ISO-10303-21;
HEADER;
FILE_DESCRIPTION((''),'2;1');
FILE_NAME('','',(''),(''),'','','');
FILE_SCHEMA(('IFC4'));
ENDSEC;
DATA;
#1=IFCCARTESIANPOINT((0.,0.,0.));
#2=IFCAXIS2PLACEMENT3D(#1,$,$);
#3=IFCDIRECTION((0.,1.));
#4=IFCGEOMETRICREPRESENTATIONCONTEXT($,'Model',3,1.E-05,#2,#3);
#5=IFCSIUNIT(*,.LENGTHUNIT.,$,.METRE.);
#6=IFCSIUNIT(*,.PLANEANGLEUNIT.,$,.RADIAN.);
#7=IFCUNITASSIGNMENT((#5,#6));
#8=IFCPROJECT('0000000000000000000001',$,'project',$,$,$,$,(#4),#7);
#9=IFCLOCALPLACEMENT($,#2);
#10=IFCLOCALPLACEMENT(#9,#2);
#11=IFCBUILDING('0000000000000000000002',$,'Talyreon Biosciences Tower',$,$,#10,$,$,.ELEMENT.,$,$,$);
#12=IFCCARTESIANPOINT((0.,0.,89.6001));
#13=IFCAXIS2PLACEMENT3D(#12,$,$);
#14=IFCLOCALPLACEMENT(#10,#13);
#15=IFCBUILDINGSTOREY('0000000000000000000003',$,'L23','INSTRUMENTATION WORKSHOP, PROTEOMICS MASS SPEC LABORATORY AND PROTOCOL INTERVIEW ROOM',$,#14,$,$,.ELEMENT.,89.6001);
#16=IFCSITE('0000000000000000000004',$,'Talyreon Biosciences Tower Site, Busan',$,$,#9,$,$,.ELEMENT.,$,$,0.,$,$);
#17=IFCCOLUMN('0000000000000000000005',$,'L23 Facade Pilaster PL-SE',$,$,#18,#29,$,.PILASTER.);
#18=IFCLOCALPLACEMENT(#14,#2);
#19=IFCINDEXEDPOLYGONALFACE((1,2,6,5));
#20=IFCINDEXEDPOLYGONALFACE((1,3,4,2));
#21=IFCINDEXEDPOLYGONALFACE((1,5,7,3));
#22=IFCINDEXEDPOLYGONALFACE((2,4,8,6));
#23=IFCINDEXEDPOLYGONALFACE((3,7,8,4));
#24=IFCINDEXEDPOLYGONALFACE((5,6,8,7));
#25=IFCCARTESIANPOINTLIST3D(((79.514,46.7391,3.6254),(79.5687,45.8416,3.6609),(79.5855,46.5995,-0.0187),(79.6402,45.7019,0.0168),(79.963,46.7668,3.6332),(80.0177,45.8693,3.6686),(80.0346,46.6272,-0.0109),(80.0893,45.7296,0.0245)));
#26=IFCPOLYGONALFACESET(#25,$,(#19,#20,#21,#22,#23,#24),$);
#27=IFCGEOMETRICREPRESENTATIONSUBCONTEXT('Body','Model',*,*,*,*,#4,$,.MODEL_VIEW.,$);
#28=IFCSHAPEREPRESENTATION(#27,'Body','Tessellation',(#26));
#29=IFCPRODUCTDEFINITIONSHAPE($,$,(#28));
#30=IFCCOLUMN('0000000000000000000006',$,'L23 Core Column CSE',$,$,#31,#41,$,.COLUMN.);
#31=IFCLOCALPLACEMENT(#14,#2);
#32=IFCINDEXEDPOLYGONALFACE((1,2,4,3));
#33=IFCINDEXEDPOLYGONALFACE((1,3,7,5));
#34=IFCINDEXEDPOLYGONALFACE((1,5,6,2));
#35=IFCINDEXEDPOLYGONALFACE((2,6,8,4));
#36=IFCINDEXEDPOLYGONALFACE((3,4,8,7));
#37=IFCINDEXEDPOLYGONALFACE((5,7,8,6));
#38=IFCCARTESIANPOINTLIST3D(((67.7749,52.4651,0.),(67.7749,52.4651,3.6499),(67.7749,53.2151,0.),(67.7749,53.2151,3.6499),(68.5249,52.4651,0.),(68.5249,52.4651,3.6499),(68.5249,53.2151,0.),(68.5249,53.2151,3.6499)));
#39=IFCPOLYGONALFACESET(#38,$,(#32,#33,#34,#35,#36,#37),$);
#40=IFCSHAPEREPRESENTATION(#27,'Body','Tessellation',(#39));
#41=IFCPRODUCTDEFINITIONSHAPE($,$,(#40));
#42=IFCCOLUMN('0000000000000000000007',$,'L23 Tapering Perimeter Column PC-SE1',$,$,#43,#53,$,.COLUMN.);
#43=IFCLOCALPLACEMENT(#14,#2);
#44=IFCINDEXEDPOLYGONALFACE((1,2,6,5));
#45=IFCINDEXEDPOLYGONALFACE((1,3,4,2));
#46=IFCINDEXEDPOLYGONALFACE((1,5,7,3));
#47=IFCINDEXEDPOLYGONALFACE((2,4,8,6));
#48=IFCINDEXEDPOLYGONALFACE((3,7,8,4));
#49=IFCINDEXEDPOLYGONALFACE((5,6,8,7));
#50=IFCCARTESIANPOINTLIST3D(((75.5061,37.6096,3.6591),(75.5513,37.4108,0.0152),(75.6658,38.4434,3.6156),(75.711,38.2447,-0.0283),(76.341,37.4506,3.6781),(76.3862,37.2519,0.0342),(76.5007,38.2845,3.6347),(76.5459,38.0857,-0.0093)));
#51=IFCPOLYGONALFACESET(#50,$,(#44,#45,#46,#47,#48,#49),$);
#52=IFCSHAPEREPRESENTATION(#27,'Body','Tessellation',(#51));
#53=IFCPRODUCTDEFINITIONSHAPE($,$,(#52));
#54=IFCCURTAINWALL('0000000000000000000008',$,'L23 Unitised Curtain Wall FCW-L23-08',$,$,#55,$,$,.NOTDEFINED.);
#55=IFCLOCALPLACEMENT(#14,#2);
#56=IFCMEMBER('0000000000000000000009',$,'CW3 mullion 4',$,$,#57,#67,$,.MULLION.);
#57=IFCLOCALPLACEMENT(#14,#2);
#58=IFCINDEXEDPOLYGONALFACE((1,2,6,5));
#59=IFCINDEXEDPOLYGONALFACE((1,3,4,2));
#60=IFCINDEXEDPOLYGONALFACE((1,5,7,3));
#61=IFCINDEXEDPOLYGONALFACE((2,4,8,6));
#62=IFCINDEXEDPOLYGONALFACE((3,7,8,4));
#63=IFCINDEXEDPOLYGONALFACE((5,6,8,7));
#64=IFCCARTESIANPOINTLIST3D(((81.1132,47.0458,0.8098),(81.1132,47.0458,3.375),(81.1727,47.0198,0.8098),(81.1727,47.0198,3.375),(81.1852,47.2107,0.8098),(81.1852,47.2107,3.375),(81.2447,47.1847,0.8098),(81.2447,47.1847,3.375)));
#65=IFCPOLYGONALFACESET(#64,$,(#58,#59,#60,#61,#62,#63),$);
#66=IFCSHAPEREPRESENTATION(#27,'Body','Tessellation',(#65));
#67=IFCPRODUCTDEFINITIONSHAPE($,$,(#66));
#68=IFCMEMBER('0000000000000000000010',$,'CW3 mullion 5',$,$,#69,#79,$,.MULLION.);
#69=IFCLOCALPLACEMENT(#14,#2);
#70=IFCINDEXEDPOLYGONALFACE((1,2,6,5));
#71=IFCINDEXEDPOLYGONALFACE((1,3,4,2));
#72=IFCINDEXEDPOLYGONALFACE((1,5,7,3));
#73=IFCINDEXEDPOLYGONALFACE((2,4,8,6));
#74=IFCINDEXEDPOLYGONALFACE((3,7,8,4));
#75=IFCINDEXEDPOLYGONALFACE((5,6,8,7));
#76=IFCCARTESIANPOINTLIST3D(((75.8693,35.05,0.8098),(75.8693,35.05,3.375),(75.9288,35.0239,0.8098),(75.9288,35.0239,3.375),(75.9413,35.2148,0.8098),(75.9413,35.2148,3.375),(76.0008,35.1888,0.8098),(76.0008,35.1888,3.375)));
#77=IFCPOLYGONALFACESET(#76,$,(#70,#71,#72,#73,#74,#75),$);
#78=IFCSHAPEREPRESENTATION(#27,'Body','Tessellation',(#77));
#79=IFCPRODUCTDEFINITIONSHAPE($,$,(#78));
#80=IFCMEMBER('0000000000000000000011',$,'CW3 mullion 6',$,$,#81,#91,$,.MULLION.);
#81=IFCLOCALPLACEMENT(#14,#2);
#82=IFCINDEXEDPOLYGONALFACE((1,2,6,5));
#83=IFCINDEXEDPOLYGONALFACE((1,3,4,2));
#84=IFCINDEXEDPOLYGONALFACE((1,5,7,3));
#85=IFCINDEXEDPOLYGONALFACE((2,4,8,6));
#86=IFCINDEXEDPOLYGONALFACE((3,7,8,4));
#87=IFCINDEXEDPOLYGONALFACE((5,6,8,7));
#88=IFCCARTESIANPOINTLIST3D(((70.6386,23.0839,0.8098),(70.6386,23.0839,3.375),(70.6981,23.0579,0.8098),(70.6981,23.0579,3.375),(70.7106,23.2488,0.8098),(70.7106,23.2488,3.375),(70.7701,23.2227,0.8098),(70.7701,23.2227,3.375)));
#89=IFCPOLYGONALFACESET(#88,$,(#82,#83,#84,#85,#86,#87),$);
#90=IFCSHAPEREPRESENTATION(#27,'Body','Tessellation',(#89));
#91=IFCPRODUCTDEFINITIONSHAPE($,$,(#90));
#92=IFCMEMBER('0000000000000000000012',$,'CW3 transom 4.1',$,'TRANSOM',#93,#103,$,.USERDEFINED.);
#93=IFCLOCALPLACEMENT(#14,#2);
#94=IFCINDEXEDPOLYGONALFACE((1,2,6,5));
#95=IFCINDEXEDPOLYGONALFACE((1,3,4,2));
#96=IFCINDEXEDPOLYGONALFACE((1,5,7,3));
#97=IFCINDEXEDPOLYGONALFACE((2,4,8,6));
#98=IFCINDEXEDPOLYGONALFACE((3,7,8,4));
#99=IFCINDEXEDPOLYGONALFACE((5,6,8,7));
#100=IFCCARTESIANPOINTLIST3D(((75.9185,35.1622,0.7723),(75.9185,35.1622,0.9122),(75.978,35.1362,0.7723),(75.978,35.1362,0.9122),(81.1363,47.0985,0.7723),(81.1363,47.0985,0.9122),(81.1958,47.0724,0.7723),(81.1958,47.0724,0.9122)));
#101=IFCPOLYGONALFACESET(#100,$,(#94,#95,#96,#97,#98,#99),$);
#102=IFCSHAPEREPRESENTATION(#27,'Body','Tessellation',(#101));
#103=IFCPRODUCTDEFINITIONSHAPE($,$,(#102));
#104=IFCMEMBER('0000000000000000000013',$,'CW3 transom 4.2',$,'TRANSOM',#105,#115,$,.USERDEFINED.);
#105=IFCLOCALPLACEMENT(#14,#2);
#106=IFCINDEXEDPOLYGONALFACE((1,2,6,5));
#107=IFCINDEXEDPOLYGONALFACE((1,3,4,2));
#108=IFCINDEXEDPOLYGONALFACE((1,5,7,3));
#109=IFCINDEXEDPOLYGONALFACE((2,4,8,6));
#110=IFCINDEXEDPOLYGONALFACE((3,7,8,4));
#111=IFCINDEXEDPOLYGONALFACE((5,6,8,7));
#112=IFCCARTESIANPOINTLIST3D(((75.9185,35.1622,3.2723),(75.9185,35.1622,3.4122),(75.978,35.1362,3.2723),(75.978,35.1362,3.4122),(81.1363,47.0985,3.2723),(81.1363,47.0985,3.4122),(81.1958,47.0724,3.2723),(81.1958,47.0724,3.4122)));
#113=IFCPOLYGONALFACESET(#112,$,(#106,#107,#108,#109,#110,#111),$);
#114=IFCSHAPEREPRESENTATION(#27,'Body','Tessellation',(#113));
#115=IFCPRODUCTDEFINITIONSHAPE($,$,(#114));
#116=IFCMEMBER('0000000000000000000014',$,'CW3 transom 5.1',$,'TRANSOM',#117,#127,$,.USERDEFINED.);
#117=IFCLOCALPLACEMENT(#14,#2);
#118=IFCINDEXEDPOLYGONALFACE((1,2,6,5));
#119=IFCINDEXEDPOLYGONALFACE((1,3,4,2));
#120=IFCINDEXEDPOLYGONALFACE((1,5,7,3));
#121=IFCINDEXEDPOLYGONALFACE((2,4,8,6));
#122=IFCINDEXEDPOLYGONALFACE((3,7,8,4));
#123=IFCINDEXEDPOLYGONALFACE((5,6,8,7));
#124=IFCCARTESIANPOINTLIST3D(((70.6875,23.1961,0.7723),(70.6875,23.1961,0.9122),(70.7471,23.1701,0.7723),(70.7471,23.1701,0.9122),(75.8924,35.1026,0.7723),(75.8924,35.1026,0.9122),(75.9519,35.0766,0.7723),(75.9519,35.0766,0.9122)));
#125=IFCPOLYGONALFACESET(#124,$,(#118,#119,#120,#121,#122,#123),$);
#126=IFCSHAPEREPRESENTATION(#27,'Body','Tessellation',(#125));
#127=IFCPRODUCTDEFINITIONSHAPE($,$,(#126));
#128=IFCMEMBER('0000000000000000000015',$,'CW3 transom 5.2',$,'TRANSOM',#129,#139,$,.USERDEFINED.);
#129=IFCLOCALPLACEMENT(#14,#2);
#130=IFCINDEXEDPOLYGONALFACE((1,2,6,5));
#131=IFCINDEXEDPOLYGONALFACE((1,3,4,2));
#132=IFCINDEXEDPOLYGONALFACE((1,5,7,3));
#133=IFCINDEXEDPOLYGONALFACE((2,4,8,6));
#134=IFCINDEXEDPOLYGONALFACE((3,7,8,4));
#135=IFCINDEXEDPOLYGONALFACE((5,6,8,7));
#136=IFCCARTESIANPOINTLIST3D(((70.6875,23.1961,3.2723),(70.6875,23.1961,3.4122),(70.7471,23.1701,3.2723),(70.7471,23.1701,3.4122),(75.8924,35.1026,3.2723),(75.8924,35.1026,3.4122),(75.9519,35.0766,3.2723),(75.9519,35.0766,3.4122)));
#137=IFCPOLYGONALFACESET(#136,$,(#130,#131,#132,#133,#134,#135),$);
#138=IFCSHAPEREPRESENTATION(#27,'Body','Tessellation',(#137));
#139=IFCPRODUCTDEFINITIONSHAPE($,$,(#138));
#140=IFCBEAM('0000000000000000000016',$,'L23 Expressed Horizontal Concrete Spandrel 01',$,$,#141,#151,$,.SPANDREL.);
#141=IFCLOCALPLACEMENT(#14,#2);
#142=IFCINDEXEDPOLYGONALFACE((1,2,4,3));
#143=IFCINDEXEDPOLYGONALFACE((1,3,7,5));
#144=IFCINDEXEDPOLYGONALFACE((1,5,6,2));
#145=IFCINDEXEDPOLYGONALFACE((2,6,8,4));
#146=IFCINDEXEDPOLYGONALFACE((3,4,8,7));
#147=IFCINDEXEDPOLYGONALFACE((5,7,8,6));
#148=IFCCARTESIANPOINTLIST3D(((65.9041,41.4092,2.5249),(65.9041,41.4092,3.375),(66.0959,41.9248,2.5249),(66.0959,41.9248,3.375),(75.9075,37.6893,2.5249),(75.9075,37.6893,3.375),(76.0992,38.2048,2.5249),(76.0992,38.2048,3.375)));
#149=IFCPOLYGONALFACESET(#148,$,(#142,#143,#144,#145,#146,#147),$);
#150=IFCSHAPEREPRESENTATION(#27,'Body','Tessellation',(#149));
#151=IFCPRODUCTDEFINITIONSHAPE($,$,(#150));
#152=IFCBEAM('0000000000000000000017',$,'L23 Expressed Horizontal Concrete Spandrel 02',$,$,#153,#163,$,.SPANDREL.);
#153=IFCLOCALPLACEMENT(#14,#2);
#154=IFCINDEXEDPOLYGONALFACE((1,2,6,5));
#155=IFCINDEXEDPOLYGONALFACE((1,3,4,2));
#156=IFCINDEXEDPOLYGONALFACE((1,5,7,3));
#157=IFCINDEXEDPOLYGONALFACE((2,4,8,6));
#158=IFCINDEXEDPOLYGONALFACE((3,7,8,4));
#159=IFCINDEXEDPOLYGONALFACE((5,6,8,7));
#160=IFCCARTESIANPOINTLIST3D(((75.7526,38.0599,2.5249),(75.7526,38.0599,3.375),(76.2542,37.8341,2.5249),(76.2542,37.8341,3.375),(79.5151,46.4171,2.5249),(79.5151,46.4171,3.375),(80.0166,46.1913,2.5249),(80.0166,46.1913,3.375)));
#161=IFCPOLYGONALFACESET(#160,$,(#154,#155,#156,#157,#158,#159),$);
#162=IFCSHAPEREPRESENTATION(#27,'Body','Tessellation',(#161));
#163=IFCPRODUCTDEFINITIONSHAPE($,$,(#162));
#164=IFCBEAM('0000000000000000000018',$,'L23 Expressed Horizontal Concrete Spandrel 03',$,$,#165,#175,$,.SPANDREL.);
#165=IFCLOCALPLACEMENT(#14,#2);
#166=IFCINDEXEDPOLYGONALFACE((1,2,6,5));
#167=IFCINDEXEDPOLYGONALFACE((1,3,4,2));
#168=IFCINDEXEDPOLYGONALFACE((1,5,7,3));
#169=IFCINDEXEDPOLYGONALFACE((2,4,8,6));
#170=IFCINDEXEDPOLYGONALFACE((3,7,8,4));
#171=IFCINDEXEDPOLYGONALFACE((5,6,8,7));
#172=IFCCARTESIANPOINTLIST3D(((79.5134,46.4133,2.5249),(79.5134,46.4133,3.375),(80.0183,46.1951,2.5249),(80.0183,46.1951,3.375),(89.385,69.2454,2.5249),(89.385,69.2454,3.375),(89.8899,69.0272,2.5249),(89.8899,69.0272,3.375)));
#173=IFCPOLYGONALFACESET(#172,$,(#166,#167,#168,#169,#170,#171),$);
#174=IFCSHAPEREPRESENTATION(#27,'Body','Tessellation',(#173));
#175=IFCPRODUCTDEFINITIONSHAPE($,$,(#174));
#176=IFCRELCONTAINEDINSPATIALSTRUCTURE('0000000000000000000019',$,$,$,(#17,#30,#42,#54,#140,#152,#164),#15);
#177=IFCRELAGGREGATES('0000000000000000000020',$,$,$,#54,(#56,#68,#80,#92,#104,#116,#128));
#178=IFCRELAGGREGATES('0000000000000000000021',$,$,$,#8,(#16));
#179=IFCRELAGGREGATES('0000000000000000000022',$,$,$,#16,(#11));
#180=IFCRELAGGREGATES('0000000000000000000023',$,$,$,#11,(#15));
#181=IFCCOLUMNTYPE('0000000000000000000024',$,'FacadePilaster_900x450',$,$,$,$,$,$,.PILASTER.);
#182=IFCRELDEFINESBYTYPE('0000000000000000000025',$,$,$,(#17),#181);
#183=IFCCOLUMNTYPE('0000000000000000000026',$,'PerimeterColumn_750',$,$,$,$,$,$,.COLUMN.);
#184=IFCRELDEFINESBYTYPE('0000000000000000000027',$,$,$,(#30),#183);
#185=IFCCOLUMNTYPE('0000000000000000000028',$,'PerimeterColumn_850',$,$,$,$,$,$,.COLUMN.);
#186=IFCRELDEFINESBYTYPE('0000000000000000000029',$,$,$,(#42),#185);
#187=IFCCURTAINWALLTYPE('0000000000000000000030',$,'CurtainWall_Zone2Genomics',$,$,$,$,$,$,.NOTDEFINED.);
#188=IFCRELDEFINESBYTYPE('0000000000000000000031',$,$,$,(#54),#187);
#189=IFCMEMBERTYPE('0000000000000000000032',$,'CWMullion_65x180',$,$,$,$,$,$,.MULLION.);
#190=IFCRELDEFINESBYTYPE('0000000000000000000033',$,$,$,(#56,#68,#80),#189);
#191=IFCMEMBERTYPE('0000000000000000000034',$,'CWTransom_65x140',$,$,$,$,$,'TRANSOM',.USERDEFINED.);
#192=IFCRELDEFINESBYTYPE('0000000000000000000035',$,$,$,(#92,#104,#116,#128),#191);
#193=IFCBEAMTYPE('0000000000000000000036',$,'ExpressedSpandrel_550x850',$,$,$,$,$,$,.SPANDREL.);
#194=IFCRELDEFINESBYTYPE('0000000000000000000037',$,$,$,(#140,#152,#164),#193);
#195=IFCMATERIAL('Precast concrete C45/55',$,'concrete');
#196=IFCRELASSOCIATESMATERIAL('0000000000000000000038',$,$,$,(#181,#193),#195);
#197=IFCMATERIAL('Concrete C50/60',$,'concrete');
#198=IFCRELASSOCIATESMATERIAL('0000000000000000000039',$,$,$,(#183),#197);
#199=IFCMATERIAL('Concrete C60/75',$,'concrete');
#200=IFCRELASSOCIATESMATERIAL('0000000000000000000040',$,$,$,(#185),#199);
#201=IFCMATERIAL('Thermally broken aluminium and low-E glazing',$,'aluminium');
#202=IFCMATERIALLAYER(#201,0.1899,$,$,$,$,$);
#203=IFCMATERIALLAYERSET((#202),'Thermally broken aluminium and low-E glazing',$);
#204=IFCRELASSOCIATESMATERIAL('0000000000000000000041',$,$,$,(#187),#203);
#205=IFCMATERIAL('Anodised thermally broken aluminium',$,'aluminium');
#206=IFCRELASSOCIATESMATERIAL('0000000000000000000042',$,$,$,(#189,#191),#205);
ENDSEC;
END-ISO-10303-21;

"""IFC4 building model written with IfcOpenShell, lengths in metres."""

from ifc_helpers import new_model, si_unit, direction, frame, origin, origin_2d, place, context, subcontext, project, spatial, rectangle, extrude, material, layer, layer_set, material_profile, profile_set, type_object, element, aggregate, save


model = new_model("IFC4")

# Units and contexts
model_context = context("Model", 3, precision=1e-05, world=origin(), true_north=direction((0.0, 1.0)))
body_context = subcontext(model_context, "Body", "Model", "MODEL_VIEW")
ifc_project = project(units=[si_unit("LENGTHUNIT", "METRE"), si_unit("PLANEANGLEUNIT", "RADIAN")], contexts=[model_context])

# Site, building, storey
site_placement = place(None, origin())
site = spatial("IfcSite", under=ifc_project, at=site_placement, Name="Talyreon Biosciences Tower Site, Busan", CompositionType="ELEMENT", RefElevation=0.0)
building_placement = place(site_placement, origin())
building = spatial("IfcBuilding", under=site, at=building_placement, Name="Talyreon Biosciences Tower", CompositionType="ELEMENT")
storey_placement = place(building_placement, frame((0.0, 0.0, 89.6001)))
storey = spatial("IfcBuildingStorey", under=building, at=storey_placement, Name="L23", Description="INSTRUMENTATION WORKSHOP, PROTEOMICS MASS SPEC LABORATORY AND PROTOCOL INTERVIEW ROOM", CompositionType="ELEMENT", Elevation=89.6001)

# Columns
ifc_material_1 = material(Name="Precast concrete C45/55", Category="concrete")
ifc_material_profile_1 = material_profile(ifc_material_1, rectangle(XDim=0.8999, YDim=0.45, at=origin_2d()), Name="RC 900x450")
ifc_profile_set_1 = profile_set([ifc_material_profile_1], Name="Precast concrete C45/55")
column_type_1 = type_object("IfcColumnType", Name="FacadePilaster_900x450", PredefinedType="PILASTER", material=ifc_profile_set_1)
column_1_placement = place(storey_placement, frame((79.8374, 46.1646, 0.0029), z_axis=(-0.019612, 0.038287, 0.999074), x_axis=(0.060805, -0.997371, 0.039415)))
element("IfcColumn", 1, at=column_1_placement, inside=storey, type_object=column_type_1, Name="L23 Facade Pilaster PL-SE", PredefinedType="PILASTER", context=body_context, shape_type="SweptSolid", body=[
    extrude(rectangle(XDim=0.8999, YDim=0.45, at=origin_2d()), origin(), (0.0, 0.0, 1.0), 3.6475),
])
ifc_material_2 = material(Name="Concrete C50/60", Category="concrete")
ifc_material_profile_2 = material_profile(ifc_material_2, rectangle(XDim=0.75, YDim=0.75, at=origin_2d()), Name="RC 750x750")
ifc_profile_set_2 = profile_set([ifc_material_profile_2], Name="Concrete C50/60")
column_type_2 = type_object("IfcColumnType", Name="PerimeterColumn_750", PredefinedType="COLUMN", material=ifc_profile_set_2)
column_2_placement = place(storey_placement, frame((68.1499, 52.8401, 0.0), z_axis=(0.0, 0.0, 1.0), x_axis=(1.0, 0.0, 0.0)))
element("IfcColumn", 2, at=column_2_placement, inside=storey, type_object=column_type_2, Name="L23 Core Column CSE", PredefinedType="COLUMN", context=body_context, shape_type="SweptSolid", body=[
    extrude(rectangle(XDim=0.75, YDim=0.75, at=origin_2d()), origin(), (0.0, 0.0, 1.0), 3.6499),
])
ifc_material_3 = material(Name="Concrete C60/75", Category="concrete")
ifc_material_profile_3 = material_profile(ifc_material_3, rectangle(XDim=0.8501, YDim=0.8501, at=origin_2d()), Name="RC 850x850")
ifc_profile_set_3 = profile_set([ifc_material_profile_3], Name="Concrete C60/75")
column_type_3 = type_object("IfcColumnType", Name="PerimeterColumn_850", PredefinedType="COLUMN", material=ifc_profile_set_3)
column_3_placement = place(storey_placement, frame((76.0486, 37.7483, 0.0029), z_axis=(-0.012375, 0.054451, 0.99844), x_axis=(-0.187882, -0.980858, 0.051163)))
element("IfcColumn", 3, at=column_3_placement, inside=storey, type_object=column_type_3, Name="L23 Tapering Perimeter Column PC-SE1", PredefinedType="COLUMN", context=body_context, shape_type="SweptSolid", body=[
    extrude(rectangle(XDim=0.8501, YDim=0.8501, at=origin_2d()), origin(), (0.0, 0.0, 1.0), 3.6497),
])

# Curtain wall, members
ifc_material_4 = material(Name="Thermally broken aluminium and low-E glazing", Category="aluminium")
ifc_layer_1 = layer(ifc_material_4, 0.1899)
ifc_layer_set_1 = layer_set([ifc_layer_1], Name="Thermally broken aluminium and low-E glazing")
curtain_wall_type = type_object("IfcCurtainWallType", Name="CurtainWall_Zone2Genomics", PredefinedType="NOTDEFINED", material=ifc_layer_set_1)
curtain_wall_placement = place(storey_placement, origin())
curtain_wall = element("IfcCurtainWall", 4, at=curtain_wall_placement, inside=storey, type_object=curtain_wall_type, Name="L23 Unitised Curtain Wall FCW-L23-08", PredefinedType="NOTDEFINED")
ifc_material_5 = material(Name="Anodised thermally broken aluminium", Category="aluminium")
ifc_material_profile_4 = material_profile(ifc_material_5, rectangle(XDim=0.0649, YDim=0.1799, at=origin_2d()), Name="ALUM MULLION 65x180")
ifc_profile_set_4 = profile_set([ifc_material_profile_4], Name="Anodised thermally broken aluminium")
member_type_1 = type_object("IfcMemberType", Name="CWMullion_65x180", PredefinedType="MULLION", material=ifc_profile_set_4)
member_1_placement = place(storey_placement, frame((81.179, 47.1152, 0.8098), z_axis=(0.0, 0.0, 1.0), x_axis=(0.916278, -0.400542, 0.0)))
member_1 = element("IfcMember", 5, at=member_1_placement, type_object=member_type_1, Name="CW3 mullion 4", PredefinedType="MULLION", context=body_context, shape_type="SweptSolid", body=[
    extrude(rectangle(XDim=0.0649, YDim=0.1799, at=origin_2d()), origin(), (0.0, 0.0, 1.0), 2.5652),
])
member_2_placement = place(storey_placement, frame((75.9351, 35.1194, 0.8098), z_axis=(0.0, 0.0, 1.0), x_axis=(0.916278, -0.400542, 0.0)))
member_2 = element("IfcMember", 6, at=member_2_placement, type_object=member_type_1, Name="CW3 mullion 5", PredefinedType="MULLION", context=body_context, shape_type="SweptSolid", body=[
    extrude(rectangle(XDim=0.0649, YDim=0.1799, at=origin_2d()), origin(), (0.0, 0.0, 1.0), 2.5652),
])
member_3_placement = place(storey_placement, frame((70.7043, 23.1533, 0.8098), z_axis=(0.0, 0.0, 1.0), x_axis=(0.916278, -0.400542, 0.0)))
member_3 = element("IfcMember", 7, at=member_3_placement, type_object=member_type_1, Name="CW3 mullion 6", PredefinedType="MULLION", context=body_context, shape_type="SweptSolid", body=[
    extrude(rectangle(XDim=0.0649, YDim=0.1799, at=origin_2d()), origin(), (0.0, 0.0, 1.0), 2.5652),
])
ifc_material_profile_5 = material_profile(ifc_material_5, rectangle(XDim=0.0649, YDim=0.1399, at=origin_2d()), Name="ALUM TRANSOM 65x140")
ifc_profile_set_5 = profile_set([ifc_material_profile_5], Name="Anodised thermally broken aluminium")
member_type_2 = type_object("IfcMemberType", Name="CWTransom_65x140", ElementType="TRANSOM", PredefinedType="USERDEFINED", material=ifc_profile_set_5)
member_4_placement = place(storey_placement, frame((81.166, 47.0854, 0.8423), z_axis=(-0.400539, -0.91628, 0.0), x_axis=(0.91628, -0.400539, 0.0)))
member_4 = element("IfcMember", 8, at=member_4_placement, type_object=member_type_2, Name="CW3 transom 4.1", ObjectType="TRANSOM", PredefinedType="USERDEFINED", context=body_context, shape_type="SweptSolid", body=[
    extrude(rectangle(XDim=0.0649, YDim=0.1399, at=origin_2d()), origin(), (0.0, 0.0, 1.0), 13.0269),
])
member_5_placement = place(storey_placement, frame((81.166, 47.0854, 3.3423), z_axis=(-0.400539, -0.91628, 0.0), x_axis=(0.91628, -0.400539, 0.0)))
member_5 = element("IfcMember", 9, at=member_5_placement, type_object=member_type_2, Name="CW3 transom 4.2", ObjectType="TRANSOM", PredefinedType="USERDEFINED", context=body_context, shape_type="SweptSolid", body=[
    extrude(rectangle(XDim=0.0649, YDim=0.1399, at=origin_2d()), origin(), (0.0, 0.0, 1.0), 13.0269),
])
member_6_placement = place(storey_placement, frame((75.9221, 35.0896, 0.8423), z_axis=(-0.400544, -0.916278, 0.0), x_axis=(0.916278, -0.400544, 0.0)))
member_6 = element("IfcMember", 10, at=member_6_placement, type_object=member_type_2, Name="CW3 transom 5.1", ObjectType="TRANSOM", PredefinedType="USERDEFINED", context=body_context, shape_type="SweptSolid", body=[
    extrude(rectangle(XDim=0.0649, YDim=0.1399, at=origin_2d()), origin(), (0.0, 0.0, 1.0), 12.9944),
])
member_7_placement = place(storey_placement, frame((75.9221, 35.0896, 3.3423), z_axis=(-0.400544, -0.916278, 0.0), x_axis=(0.916278, -0.400544, 0.0)))
member_7 = element("IfcMember", 11, at=member_7_placement, type_object=member_type_2, Name="CW3 transom 5.2", ObjectType="TRANSOM", PredefinedType="USERDEFINED", context=body_context, shape_type="SweptSolid", body=[
    extrude(rectangle(XDim=0.0649, YDim=0.1399, at=origin_2d()), origin(), (0.0, 0.0, 1.0), 12.9944),
])

# Beams
ifc_material_profile_6 = material_profile(ifc_material_1, rectangle(XDim=0.55, YDim=0.8501, at=origin_2d()), Name="RCB 550x850")
ifc_profile_set_6 = profile_set([ifc_material_profile_6], Name="Precast concrete C45/55")
beam_type_1 = type_object("IfcBeamType", Name="ExpressedSpandrel_550x850", PredefinedType="SPANDREL", material=ifc_profile_set_6)
beam_1_placement = place(storey_placement, frame((66.0, 41.667, 2.95), z_axis=(0.93729, -0.34855, 0.0), x_axis=(0.34855, 0.93729, 0.0)))
element("IfcBeam", 12, at=beam_1_placement, inside=storey, type_object=beam_type_1, Name="L23 Expressed Horizontal Concrete Spandrel 01", PredefinedType="SPANDREL", context=body_context, shape_type="SweptSolid", body=[
    extrude(rectangle(XDim=0.55, YDim=0.8501, at=origin_2d()), origin(), (0.0, 0.0, 1.0), 10.6726),
])
beam_2_placement = place(storey_placement, frame((76.0034, 37.947, 2.95), z_axis=(0.410521, 0.911851, 0.0), x_axis=(-0.911851, 0.410521, 0.0)))
element("IfcBeam", 13, at=beam_2_placement, inside=storey, type_object=beam_type_1, Name="L23 Expressed Horizontal Concrete Spandrel 02", PredefinedType="SPANDREL", context=body_context, shape_type="SweptSolid", body=[
    extrude(rectangle(XDim=0.55, YDim=0.8501, at=origin_2d()), origin(), (0.0, 0.0, 1.0), 9.165),
])
beam_3_placement = place(storey_placement, frame((79.7659, 46.3042, 2.95), z_axis=(0.396853, 0.917882, 0.0), x_axis=(-0.917882, 0.396853, 0.0)))
element("IfcBeam", 14, at=beam_3_placement, inside=storey, type_object=beam_type_1, Name="L23 Expressed Horizontal Concrete Spandrel 03", PredefinedType="SPANDREL", context=body_context, shape_type="SweptSolid", body=[
    extrude(rectangle(XDim=0.55, YDim=0.8501, at=origin_2d()), origin(), (0.0, 0.0, 1.0), 24.8748),
])

aggregate(curtain_wall, [member_1, member_2, member_3, member_4, member_5, member_6, member_7])

save(model, "model.ifc")
